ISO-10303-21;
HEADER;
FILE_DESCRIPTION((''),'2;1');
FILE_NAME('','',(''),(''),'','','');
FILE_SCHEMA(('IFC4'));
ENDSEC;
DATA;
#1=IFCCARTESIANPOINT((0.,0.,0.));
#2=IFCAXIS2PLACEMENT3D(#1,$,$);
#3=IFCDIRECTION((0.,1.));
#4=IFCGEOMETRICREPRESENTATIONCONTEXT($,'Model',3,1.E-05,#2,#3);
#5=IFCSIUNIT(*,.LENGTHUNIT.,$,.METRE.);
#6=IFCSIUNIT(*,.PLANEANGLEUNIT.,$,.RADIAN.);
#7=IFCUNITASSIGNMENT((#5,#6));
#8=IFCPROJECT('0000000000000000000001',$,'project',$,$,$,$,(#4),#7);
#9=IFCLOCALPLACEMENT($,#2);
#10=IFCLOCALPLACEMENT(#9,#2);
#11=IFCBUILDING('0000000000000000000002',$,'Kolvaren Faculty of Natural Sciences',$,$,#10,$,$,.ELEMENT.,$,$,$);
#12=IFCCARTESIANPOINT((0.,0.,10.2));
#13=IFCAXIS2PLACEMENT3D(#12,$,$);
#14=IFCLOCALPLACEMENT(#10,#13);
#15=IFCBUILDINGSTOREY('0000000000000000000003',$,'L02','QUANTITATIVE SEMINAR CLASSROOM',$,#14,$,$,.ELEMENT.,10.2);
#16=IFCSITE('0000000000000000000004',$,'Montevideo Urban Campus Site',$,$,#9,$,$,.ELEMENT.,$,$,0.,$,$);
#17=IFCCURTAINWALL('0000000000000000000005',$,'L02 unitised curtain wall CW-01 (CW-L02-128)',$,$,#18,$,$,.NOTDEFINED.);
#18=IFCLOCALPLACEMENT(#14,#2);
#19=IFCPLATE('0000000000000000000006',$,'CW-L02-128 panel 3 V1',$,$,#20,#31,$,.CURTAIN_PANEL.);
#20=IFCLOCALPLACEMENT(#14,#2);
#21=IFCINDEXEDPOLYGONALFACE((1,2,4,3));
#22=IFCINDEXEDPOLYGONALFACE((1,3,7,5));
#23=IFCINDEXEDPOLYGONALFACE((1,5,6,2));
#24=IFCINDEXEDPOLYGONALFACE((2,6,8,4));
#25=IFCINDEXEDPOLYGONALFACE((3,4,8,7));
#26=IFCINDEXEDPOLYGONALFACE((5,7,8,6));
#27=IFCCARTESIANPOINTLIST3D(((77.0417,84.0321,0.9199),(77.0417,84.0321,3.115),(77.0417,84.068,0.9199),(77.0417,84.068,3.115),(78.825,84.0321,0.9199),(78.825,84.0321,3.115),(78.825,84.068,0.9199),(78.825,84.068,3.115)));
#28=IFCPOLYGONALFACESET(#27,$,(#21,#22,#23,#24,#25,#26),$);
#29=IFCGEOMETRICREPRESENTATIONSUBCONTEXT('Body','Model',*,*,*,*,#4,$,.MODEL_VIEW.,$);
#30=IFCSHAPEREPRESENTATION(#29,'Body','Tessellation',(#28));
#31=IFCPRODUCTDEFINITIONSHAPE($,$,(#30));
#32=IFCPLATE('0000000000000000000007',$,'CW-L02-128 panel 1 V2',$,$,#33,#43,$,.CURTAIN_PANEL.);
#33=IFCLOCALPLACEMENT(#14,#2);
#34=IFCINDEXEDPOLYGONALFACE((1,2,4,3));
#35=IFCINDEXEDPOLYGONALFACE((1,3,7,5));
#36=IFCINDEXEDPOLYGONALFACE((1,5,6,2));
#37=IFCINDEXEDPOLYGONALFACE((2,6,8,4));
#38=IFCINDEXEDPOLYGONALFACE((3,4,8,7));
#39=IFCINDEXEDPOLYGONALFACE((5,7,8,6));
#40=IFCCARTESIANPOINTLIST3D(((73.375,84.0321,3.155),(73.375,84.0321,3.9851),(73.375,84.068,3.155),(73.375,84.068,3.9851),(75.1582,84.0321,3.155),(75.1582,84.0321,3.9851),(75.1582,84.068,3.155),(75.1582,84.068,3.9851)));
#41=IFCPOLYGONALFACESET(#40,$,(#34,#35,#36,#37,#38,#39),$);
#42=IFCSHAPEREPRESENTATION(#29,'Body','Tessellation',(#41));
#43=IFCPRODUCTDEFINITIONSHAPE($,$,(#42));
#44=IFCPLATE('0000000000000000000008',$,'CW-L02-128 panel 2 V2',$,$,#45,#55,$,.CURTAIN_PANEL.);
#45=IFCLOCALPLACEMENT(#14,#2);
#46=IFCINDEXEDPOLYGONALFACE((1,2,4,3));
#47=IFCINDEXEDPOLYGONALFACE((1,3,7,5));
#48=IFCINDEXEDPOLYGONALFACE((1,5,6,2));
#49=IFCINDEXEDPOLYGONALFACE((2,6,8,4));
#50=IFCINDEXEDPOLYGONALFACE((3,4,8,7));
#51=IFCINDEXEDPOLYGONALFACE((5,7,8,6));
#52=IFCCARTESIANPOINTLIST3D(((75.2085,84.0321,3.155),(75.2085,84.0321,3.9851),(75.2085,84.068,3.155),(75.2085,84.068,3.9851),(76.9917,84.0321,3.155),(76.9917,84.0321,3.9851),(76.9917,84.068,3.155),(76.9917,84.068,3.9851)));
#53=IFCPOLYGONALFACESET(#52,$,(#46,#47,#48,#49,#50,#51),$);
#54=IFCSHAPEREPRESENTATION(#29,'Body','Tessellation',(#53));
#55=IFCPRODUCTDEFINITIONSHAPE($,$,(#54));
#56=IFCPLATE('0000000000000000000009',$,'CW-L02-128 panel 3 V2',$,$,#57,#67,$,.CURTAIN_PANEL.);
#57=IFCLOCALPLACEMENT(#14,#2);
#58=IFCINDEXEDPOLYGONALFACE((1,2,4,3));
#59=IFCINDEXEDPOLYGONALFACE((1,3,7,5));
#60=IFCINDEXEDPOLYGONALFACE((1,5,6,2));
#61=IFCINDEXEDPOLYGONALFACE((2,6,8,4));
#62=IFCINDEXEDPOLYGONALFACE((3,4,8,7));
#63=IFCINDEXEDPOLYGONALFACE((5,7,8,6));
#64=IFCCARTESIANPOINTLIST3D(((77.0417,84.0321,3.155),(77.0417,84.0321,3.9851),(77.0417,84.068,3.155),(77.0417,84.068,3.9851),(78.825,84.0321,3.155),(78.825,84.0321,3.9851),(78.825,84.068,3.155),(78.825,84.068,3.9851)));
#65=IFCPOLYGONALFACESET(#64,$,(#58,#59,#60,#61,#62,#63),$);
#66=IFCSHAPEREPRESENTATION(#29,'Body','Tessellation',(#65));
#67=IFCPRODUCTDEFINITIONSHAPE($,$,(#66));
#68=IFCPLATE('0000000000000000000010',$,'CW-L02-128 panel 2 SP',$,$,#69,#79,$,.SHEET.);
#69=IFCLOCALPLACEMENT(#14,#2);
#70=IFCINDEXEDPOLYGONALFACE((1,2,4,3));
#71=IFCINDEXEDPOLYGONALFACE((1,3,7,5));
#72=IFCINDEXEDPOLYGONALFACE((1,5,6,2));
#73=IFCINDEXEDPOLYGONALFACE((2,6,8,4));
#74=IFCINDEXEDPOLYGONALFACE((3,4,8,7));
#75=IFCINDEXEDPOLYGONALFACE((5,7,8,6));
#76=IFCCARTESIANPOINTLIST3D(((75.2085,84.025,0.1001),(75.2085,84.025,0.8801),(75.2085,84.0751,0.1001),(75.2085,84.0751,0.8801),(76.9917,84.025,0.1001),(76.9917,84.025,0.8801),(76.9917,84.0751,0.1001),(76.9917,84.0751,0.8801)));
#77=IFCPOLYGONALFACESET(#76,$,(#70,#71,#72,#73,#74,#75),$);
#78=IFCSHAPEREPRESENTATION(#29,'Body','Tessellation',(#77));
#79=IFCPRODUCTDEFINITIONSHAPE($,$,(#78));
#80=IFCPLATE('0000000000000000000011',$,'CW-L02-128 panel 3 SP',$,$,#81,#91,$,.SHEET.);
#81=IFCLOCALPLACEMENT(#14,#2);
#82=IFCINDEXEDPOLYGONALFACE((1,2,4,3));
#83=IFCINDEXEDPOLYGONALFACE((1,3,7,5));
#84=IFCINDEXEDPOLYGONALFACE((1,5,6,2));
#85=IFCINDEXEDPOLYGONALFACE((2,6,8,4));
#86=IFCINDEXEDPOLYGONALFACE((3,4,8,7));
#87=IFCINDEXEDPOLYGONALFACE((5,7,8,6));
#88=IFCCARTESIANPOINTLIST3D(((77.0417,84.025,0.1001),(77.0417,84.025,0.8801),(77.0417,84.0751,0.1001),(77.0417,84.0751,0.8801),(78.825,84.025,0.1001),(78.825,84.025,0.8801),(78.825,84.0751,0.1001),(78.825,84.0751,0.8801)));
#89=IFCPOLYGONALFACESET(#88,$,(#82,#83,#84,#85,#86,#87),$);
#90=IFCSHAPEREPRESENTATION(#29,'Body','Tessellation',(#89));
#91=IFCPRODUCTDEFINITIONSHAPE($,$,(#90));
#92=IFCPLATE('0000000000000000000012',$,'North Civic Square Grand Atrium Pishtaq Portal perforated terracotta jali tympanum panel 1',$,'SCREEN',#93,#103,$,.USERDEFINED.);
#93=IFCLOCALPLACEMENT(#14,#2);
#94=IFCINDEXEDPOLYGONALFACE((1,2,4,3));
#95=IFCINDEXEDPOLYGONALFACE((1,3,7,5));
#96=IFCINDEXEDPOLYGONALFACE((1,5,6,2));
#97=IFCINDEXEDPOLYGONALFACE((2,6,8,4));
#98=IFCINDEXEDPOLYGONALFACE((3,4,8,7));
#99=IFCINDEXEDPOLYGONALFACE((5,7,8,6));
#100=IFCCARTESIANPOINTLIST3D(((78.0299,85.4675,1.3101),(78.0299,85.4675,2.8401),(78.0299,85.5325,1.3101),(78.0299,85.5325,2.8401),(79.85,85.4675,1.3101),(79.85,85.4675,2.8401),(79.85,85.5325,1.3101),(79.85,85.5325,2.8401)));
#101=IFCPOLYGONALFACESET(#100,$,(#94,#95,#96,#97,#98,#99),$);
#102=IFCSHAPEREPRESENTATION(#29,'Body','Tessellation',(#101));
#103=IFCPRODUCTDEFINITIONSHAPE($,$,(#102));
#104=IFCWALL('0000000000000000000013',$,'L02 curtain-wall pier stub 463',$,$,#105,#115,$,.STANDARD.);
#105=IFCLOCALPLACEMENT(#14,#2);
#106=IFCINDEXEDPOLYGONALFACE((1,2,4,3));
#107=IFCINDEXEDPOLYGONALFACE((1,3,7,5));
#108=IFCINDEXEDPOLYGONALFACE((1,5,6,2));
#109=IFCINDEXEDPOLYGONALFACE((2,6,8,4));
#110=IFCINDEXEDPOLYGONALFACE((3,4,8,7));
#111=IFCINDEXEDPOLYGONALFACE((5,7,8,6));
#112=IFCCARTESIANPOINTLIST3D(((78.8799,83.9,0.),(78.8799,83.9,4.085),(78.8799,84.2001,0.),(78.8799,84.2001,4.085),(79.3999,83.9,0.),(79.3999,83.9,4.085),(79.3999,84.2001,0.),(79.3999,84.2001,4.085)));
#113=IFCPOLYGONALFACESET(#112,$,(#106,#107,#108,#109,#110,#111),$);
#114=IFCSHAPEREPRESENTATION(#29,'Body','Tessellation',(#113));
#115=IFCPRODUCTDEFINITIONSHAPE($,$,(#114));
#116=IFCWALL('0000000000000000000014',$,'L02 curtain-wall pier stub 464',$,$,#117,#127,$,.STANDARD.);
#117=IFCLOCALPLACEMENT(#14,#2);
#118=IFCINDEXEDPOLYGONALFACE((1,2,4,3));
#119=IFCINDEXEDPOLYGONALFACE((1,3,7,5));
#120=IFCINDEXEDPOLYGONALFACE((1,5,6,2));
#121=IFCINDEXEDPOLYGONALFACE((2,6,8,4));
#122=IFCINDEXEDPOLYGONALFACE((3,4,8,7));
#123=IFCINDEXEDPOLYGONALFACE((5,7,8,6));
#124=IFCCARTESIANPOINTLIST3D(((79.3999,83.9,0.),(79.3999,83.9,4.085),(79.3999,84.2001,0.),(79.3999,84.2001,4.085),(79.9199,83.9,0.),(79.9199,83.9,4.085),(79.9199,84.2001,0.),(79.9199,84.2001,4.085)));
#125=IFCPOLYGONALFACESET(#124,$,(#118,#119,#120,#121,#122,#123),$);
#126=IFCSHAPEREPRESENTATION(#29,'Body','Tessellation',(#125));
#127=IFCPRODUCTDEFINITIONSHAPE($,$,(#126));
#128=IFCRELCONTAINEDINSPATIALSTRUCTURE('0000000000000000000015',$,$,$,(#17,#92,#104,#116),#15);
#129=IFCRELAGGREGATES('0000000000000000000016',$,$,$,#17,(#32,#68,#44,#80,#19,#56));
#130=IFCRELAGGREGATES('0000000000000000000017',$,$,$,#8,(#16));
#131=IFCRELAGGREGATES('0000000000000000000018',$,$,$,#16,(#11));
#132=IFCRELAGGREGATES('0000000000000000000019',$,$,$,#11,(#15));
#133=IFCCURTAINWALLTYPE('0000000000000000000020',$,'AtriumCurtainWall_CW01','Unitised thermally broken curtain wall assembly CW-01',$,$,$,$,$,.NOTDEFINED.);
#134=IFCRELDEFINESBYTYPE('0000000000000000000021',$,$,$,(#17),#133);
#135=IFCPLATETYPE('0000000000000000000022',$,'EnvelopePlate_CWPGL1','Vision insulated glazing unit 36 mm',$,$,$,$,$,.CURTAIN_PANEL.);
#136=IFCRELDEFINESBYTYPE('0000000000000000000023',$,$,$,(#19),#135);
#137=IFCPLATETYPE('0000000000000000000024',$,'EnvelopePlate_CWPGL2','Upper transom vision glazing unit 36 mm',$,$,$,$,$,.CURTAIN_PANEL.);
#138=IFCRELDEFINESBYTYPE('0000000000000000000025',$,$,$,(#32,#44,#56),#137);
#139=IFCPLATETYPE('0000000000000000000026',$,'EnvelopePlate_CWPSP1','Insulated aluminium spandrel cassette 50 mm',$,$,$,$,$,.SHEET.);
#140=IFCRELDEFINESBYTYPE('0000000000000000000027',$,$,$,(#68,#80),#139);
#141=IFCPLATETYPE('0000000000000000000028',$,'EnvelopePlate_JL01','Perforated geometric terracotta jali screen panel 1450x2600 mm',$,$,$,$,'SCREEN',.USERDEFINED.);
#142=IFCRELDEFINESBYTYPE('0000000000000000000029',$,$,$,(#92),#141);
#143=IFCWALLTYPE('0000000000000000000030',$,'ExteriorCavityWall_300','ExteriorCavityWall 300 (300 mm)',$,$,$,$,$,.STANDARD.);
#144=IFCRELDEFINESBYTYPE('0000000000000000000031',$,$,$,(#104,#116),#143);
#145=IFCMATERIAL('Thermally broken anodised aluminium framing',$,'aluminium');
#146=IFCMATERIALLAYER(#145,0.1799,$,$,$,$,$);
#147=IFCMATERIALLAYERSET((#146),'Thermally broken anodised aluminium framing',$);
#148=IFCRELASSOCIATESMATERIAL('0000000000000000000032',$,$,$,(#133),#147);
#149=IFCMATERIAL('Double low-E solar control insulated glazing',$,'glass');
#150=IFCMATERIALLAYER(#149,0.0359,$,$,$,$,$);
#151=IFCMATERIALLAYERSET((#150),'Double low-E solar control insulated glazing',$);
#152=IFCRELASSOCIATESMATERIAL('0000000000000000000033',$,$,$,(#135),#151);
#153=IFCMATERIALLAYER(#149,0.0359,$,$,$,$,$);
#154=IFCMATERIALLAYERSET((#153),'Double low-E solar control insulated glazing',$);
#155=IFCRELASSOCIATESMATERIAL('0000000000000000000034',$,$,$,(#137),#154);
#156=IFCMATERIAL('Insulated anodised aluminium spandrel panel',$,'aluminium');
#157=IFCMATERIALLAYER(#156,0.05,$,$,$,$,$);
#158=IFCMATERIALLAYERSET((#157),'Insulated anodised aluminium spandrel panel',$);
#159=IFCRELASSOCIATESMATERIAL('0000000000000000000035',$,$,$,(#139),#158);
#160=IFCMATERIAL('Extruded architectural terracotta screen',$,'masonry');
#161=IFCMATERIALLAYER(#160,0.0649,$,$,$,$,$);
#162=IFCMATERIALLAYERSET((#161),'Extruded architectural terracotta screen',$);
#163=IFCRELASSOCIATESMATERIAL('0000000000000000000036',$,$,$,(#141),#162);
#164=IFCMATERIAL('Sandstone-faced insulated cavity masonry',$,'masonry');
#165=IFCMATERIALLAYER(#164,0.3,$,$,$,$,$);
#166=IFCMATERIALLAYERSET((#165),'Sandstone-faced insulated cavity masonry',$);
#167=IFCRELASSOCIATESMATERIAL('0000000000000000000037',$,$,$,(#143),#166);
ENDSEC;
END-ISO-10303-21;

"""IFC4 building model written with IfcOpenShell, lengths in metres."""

from ifc_helpers import new_model, si_unit, direction, frame, frame_2d, origin, origin_2d, place, context, subcontext, project, spatial, rectangle, extrude, material, layer, layer_set, type_object, element, aggregate, save


model = new_model("IFC4")

# Units and contexts
model_context = context("Model", 3, precision=1e-05, world=origin(), true_north=direction((0.0, 1.0)))
body_context = subcontext(model_context, "Body", "Model", "MODEL_VIEW")
ifc_project = project(units=[si_unit("LENGTHUNIT", "METRE"), si_unit("PLANEANGLEUNIT", "RADIAN")], contexts=[model_context])

# Site, building, storey
site_placement = place(None, origin())
site = spatial("IfcSite", under=ifc_project, at=site_placement, Name="Montevideo Urban Campus Site", CompositionType="ELEMENT", RefElevation=0.0)
building_placement = place(site_placement, origin())
building = spatial("IfcBuilding", under=site, at=building_placement, Name="Kolvaren Faculty of Natural Sciences", CompositionType="ELEMENT")
storey_placement = place(building_placement, frame((0.0, 0.0, 10.2)))
storey = spatial("IfcBuildingStorey", under=building, at=storey_placement, Name="L02", Description="QUANTITATIVE SEMINAR CLASSROOM", CompositionType="ELEMENT", Elevation=10.2)

# Curtain wall
ifc_material_1 = material(Name="Thermally broken anodised aluminium framing", Category="aluminium")
ifc_layer_1 = layer(ifc_material_1, 0.1799)
ifc_layer_set_1 = layer_set([ifc_layer_1], Name="Thermally broken anodised aluminium framing")
curtain_wall_type = type_object("IfcCurtainWallType", Name="AtriumCurtainWall_CW01", Description="Unitised thermally broken curtain wall assembly CW-01", PredefinedType="NOTDEFINED", material=ifc_layer_set_1)
curtain_wall_1_placement = place(storey_placement, origin())
curtain_wall_1 = element("IfcCurtainWall", 1, at=curtain_wall_1_placement, inside=storey, type_object=curtain_wall_type, Name="L02 unitised curtain wall CW-01 (CW-L02-128)", PredefinedType="NOTDEFINED")

# Plates
ifc_material_2 = material(Name="Double low-E solar control insulated glazing", Category="glass")
ifc_layer_2 = layer(ifc_material_2, 0.0359)
ifc_layer_set_2 = layer_set([ifc_layer_2], Name="Double low-E solar control insulated glazing")
plate_type_1 = type_object("IfcPlateType", Name="EnvelopePlate_CWPGL1", Description="Vision insulated glazing unit 36 mm", PredefinedType="CURTAIN_PANEL", material=ifc_layer_set_2)
plate_1_placement = place(storey_placement, frame((77.9333, 84.05, 0.9199), z_axis=(0.0, 0.0, 1.0), x_axis=(1.0, 0.0, 0.0)))
plate_1 = element("IfcPlate", 2, at=plate_1_placement, type_object=plate_type_1, Name="CW-L02-128 panel 3 V1", PredefinedType="CURTAIN_PANEL", context=body_context, shape_type="SweptSolid", body=[
    extrude(rectangle(XDim=1.7832, YDim=0.0359, at=origin_2d()), origin(), (0.0, 0.0, 1.0), 2.1951),
])
ifc_layer_3 = layer(ifc_material_2, 0.0359)
ifc_layer_set_3 = layer_set([ifc_layer_3], Name="Double low-E solar control insulated glazing")
plate_type_2 = type_object("IfcPlateType", Name="EnvelopePlate_CWPGL2", Description="Upper transom vision glazing unit 36 mm", PredefinedType="CURTAIN_PANEL", material=ifc_layer_set_3)
plate_2_placement = place(storey_placement, frame((74.2666, 84.05, 3.155), z_axis=(0.0, 0.0, 1.0), x_axis=(1.0, 0.0, 0.0)))
plate_2 = element("IfcPlate", 3, at=plate_2_placement, type_object=plate_type_2, Name="CW-L02-128 panel 1 V2", PredefinedType="CURTAIN_PANEL", context=body_context, shape_type="SweptSolid", body=[
    extrude(rectangle(XDim=1.7832, YDim=0.0359, at=origin_2d()), origin(), (0.0, 0.0, 1.0), 0.8301),
])
plate_3_placement = place(storey_placement, frame((76.1001, 84.05, 3.155), z_axis=(0.0, 0.0, 1.0), x_axis=(1.0, 0.0, 0.0)))
plate_3 = element("IfcPlate", 4, at=plate_3_placement, type_object=plate_type_2, Name="CW-L02-128 panel 2 V2", PredefinedType="CURTAIN_PANEL", context=body_context, shape_type="SweptSolid", body=[
    extrude(rectangle(XDim=1.7832, YDim=0.0359, at=origin_2d()), origin(), (0.0, 0.0, 1.0), 0.8301),
])
plate_4_placement = place(storey_placement, frame((77.9333, 84.05, 3.155), z_axis=(0.0, 0.0, 1.0), x_axis=(1.0, 0.0, 0.0)))
plate_4 = element("IfcPlate", 5, at=plate_4_placement, type_object=plate_type_2, Name="CW-L02-128 panel 3 V2", PredefinedType="CURTAIN_PANEL", context=body_context, shape_type="SweptSolid", body=[
    extrude(rectangle(XDim=1.7832, YDim=0.0359, at=origin_2d()), origin(), (0.0, 0.0, 1.0), 0.8301),
])
ifc_material_3 = material(Name="Insulated anodised aluminium spandrel panel", Category="aluminium")
ifc_layer_4 = layer(ifc_material_3, 0.05)
ifc_layer_set_4 = layer_set([ifc_layer_4], Name="Insulated anodised aluminium spandrel panel")
plate_type_3 = type_object("IfcPlateType", Name="EnvelopePlate_CWPSP1", Description="Insulated aluminium spandrel cassette 50 mm", PredefinedType="SHEET", material=ifc_layer_set_4)
plate_5_placement = place(storey_placement, frame((76.1001, 84.05, 0.1001), z_axis=(0.0, 0.0, 1.0), x_axis=(1.0, 0.0, 0.0)))
plate_5 = element("IfcPlate", 6, at=plate_5_placement, type_object=plate_type_3, Name="CW-L02-128 panel 2 SP", PredefinedType="SHEET", context=body_context, shape_type="SweptSolid", body=[
    extrude(rectangle(XDim=1.7832, YDim=0.05, at=origin_2d()), origin(), (0.0, 0.0, 1.0), 0.78),
])
plate_6_placement = place(storey_placement, frame((77.9333, 84.05, 0.1001), z_axis=(0.0, 0.0, 1.0), x_axis=(1.0, 0.0, 0.0)))
plate_6 = element("IfcPlate", 7, at=plate_6_placement, type_object=plate_type_3, Name="CW-L02-128 panel 3 SP", PredefinedType="SHEET", context=body_context, shape_type="SweptSolid", body=[
    extrude(rectangle(XDim=1.7832, YDim=0.05, at=origin_2d()), origin(), (0.0, 0.0, 1.0), 0.78),
])
aggregate(curtain_wall_1, [plate_2, plate_5, plate_3, plate_6, plate_1, plate_4])
ifc_material_4 = material(Name="Extruded architectural terracotta screen", Category="masonry")
ifc_layer_5 = layer(ifc_material_4, 0.0649)
ifc_layer_set_5 = layer_set([ifc_layer_5], Name="Extruded architectural terracotta screen")
plate_type_4 = type_object("IfcPlateType", Name="EnvelopePlate_JL01", Description="Perforated geometric terracotta jali screen panel 1450x2600 mm", ElementType="SCREEN", PredefinedType="USERDEFINED", material=ifc_layer_set_5)
plate_7_placement = place(storey_placement, frame((78.9399, 85.5, 1.3101), z_axis=(0.0, 0.0, 1.0), x_axis=(1.0, 0.0, 0.0)))
element("IfcPlate", 8, at=plate_7_placement, inside=storey, type_object=plate_type_4, Name="North Civic Square Grand Atrium Pishtaq Portal perforated terracotta jali tympanum panel 1", ObjectType="SCREEN", PredefinedType="USERDEFINED", context=body_context, shape_type="SweptSolid", body=[
    extrude(rectangle(XDim=1.8201, YDim=0.0649, at=origin_2d()), origin(), (0.0, 0.0, 1.0), 1.53),
])

# Walls
ifc_material_5 = material(Name="Sandstone-faced insulated cavity masonry", Category="masonry")
ifc_layer_6 = layer(ifc_material_5, 0.3)
ifc_layer_set_6 = layer_set([ifc_layer_6], Name="Sandstone-faced insulated cavity masonry")
wall_type = type_object("IfcWallType", Name="ExteriorCavityWall_300", Description="ExteriorCavityWall 300 (300 mm)", PredefinedType="STANDARD", material=ifc_layer_set_6)
for number, where, z_axis, x_axis, name in (
    (9, (78.8799, 84.05, 0.0), (0.0, 0.0, 1.0), (1.0, 0.0, 0.0), "L02 curtain-wall pier stub 463"),
    (10, (79.3999, 84.05, 0.0), (0.0, 0.0, 1.0), (1.0, 0.0, 0.0), "L02 curtain-wall pier stub 464"),
):
    element("IfcWall", number, at=place(storey_placement, frame(where, z_axis=z_axis, x_axis=x_axis)), inside=storey, type_object=wall_type, Name=name, PredefinedType="STANDARD", context=body_context, shape_type="SweptSolid", body=[
        extrude(rectangle(XDim=0.52, YDim=0.3, at=frame_2d((0.26, 0.0))), origin(), (0.0, 0.0, 1.0), 4.085),
    ])

save(model, "model.ifc")
